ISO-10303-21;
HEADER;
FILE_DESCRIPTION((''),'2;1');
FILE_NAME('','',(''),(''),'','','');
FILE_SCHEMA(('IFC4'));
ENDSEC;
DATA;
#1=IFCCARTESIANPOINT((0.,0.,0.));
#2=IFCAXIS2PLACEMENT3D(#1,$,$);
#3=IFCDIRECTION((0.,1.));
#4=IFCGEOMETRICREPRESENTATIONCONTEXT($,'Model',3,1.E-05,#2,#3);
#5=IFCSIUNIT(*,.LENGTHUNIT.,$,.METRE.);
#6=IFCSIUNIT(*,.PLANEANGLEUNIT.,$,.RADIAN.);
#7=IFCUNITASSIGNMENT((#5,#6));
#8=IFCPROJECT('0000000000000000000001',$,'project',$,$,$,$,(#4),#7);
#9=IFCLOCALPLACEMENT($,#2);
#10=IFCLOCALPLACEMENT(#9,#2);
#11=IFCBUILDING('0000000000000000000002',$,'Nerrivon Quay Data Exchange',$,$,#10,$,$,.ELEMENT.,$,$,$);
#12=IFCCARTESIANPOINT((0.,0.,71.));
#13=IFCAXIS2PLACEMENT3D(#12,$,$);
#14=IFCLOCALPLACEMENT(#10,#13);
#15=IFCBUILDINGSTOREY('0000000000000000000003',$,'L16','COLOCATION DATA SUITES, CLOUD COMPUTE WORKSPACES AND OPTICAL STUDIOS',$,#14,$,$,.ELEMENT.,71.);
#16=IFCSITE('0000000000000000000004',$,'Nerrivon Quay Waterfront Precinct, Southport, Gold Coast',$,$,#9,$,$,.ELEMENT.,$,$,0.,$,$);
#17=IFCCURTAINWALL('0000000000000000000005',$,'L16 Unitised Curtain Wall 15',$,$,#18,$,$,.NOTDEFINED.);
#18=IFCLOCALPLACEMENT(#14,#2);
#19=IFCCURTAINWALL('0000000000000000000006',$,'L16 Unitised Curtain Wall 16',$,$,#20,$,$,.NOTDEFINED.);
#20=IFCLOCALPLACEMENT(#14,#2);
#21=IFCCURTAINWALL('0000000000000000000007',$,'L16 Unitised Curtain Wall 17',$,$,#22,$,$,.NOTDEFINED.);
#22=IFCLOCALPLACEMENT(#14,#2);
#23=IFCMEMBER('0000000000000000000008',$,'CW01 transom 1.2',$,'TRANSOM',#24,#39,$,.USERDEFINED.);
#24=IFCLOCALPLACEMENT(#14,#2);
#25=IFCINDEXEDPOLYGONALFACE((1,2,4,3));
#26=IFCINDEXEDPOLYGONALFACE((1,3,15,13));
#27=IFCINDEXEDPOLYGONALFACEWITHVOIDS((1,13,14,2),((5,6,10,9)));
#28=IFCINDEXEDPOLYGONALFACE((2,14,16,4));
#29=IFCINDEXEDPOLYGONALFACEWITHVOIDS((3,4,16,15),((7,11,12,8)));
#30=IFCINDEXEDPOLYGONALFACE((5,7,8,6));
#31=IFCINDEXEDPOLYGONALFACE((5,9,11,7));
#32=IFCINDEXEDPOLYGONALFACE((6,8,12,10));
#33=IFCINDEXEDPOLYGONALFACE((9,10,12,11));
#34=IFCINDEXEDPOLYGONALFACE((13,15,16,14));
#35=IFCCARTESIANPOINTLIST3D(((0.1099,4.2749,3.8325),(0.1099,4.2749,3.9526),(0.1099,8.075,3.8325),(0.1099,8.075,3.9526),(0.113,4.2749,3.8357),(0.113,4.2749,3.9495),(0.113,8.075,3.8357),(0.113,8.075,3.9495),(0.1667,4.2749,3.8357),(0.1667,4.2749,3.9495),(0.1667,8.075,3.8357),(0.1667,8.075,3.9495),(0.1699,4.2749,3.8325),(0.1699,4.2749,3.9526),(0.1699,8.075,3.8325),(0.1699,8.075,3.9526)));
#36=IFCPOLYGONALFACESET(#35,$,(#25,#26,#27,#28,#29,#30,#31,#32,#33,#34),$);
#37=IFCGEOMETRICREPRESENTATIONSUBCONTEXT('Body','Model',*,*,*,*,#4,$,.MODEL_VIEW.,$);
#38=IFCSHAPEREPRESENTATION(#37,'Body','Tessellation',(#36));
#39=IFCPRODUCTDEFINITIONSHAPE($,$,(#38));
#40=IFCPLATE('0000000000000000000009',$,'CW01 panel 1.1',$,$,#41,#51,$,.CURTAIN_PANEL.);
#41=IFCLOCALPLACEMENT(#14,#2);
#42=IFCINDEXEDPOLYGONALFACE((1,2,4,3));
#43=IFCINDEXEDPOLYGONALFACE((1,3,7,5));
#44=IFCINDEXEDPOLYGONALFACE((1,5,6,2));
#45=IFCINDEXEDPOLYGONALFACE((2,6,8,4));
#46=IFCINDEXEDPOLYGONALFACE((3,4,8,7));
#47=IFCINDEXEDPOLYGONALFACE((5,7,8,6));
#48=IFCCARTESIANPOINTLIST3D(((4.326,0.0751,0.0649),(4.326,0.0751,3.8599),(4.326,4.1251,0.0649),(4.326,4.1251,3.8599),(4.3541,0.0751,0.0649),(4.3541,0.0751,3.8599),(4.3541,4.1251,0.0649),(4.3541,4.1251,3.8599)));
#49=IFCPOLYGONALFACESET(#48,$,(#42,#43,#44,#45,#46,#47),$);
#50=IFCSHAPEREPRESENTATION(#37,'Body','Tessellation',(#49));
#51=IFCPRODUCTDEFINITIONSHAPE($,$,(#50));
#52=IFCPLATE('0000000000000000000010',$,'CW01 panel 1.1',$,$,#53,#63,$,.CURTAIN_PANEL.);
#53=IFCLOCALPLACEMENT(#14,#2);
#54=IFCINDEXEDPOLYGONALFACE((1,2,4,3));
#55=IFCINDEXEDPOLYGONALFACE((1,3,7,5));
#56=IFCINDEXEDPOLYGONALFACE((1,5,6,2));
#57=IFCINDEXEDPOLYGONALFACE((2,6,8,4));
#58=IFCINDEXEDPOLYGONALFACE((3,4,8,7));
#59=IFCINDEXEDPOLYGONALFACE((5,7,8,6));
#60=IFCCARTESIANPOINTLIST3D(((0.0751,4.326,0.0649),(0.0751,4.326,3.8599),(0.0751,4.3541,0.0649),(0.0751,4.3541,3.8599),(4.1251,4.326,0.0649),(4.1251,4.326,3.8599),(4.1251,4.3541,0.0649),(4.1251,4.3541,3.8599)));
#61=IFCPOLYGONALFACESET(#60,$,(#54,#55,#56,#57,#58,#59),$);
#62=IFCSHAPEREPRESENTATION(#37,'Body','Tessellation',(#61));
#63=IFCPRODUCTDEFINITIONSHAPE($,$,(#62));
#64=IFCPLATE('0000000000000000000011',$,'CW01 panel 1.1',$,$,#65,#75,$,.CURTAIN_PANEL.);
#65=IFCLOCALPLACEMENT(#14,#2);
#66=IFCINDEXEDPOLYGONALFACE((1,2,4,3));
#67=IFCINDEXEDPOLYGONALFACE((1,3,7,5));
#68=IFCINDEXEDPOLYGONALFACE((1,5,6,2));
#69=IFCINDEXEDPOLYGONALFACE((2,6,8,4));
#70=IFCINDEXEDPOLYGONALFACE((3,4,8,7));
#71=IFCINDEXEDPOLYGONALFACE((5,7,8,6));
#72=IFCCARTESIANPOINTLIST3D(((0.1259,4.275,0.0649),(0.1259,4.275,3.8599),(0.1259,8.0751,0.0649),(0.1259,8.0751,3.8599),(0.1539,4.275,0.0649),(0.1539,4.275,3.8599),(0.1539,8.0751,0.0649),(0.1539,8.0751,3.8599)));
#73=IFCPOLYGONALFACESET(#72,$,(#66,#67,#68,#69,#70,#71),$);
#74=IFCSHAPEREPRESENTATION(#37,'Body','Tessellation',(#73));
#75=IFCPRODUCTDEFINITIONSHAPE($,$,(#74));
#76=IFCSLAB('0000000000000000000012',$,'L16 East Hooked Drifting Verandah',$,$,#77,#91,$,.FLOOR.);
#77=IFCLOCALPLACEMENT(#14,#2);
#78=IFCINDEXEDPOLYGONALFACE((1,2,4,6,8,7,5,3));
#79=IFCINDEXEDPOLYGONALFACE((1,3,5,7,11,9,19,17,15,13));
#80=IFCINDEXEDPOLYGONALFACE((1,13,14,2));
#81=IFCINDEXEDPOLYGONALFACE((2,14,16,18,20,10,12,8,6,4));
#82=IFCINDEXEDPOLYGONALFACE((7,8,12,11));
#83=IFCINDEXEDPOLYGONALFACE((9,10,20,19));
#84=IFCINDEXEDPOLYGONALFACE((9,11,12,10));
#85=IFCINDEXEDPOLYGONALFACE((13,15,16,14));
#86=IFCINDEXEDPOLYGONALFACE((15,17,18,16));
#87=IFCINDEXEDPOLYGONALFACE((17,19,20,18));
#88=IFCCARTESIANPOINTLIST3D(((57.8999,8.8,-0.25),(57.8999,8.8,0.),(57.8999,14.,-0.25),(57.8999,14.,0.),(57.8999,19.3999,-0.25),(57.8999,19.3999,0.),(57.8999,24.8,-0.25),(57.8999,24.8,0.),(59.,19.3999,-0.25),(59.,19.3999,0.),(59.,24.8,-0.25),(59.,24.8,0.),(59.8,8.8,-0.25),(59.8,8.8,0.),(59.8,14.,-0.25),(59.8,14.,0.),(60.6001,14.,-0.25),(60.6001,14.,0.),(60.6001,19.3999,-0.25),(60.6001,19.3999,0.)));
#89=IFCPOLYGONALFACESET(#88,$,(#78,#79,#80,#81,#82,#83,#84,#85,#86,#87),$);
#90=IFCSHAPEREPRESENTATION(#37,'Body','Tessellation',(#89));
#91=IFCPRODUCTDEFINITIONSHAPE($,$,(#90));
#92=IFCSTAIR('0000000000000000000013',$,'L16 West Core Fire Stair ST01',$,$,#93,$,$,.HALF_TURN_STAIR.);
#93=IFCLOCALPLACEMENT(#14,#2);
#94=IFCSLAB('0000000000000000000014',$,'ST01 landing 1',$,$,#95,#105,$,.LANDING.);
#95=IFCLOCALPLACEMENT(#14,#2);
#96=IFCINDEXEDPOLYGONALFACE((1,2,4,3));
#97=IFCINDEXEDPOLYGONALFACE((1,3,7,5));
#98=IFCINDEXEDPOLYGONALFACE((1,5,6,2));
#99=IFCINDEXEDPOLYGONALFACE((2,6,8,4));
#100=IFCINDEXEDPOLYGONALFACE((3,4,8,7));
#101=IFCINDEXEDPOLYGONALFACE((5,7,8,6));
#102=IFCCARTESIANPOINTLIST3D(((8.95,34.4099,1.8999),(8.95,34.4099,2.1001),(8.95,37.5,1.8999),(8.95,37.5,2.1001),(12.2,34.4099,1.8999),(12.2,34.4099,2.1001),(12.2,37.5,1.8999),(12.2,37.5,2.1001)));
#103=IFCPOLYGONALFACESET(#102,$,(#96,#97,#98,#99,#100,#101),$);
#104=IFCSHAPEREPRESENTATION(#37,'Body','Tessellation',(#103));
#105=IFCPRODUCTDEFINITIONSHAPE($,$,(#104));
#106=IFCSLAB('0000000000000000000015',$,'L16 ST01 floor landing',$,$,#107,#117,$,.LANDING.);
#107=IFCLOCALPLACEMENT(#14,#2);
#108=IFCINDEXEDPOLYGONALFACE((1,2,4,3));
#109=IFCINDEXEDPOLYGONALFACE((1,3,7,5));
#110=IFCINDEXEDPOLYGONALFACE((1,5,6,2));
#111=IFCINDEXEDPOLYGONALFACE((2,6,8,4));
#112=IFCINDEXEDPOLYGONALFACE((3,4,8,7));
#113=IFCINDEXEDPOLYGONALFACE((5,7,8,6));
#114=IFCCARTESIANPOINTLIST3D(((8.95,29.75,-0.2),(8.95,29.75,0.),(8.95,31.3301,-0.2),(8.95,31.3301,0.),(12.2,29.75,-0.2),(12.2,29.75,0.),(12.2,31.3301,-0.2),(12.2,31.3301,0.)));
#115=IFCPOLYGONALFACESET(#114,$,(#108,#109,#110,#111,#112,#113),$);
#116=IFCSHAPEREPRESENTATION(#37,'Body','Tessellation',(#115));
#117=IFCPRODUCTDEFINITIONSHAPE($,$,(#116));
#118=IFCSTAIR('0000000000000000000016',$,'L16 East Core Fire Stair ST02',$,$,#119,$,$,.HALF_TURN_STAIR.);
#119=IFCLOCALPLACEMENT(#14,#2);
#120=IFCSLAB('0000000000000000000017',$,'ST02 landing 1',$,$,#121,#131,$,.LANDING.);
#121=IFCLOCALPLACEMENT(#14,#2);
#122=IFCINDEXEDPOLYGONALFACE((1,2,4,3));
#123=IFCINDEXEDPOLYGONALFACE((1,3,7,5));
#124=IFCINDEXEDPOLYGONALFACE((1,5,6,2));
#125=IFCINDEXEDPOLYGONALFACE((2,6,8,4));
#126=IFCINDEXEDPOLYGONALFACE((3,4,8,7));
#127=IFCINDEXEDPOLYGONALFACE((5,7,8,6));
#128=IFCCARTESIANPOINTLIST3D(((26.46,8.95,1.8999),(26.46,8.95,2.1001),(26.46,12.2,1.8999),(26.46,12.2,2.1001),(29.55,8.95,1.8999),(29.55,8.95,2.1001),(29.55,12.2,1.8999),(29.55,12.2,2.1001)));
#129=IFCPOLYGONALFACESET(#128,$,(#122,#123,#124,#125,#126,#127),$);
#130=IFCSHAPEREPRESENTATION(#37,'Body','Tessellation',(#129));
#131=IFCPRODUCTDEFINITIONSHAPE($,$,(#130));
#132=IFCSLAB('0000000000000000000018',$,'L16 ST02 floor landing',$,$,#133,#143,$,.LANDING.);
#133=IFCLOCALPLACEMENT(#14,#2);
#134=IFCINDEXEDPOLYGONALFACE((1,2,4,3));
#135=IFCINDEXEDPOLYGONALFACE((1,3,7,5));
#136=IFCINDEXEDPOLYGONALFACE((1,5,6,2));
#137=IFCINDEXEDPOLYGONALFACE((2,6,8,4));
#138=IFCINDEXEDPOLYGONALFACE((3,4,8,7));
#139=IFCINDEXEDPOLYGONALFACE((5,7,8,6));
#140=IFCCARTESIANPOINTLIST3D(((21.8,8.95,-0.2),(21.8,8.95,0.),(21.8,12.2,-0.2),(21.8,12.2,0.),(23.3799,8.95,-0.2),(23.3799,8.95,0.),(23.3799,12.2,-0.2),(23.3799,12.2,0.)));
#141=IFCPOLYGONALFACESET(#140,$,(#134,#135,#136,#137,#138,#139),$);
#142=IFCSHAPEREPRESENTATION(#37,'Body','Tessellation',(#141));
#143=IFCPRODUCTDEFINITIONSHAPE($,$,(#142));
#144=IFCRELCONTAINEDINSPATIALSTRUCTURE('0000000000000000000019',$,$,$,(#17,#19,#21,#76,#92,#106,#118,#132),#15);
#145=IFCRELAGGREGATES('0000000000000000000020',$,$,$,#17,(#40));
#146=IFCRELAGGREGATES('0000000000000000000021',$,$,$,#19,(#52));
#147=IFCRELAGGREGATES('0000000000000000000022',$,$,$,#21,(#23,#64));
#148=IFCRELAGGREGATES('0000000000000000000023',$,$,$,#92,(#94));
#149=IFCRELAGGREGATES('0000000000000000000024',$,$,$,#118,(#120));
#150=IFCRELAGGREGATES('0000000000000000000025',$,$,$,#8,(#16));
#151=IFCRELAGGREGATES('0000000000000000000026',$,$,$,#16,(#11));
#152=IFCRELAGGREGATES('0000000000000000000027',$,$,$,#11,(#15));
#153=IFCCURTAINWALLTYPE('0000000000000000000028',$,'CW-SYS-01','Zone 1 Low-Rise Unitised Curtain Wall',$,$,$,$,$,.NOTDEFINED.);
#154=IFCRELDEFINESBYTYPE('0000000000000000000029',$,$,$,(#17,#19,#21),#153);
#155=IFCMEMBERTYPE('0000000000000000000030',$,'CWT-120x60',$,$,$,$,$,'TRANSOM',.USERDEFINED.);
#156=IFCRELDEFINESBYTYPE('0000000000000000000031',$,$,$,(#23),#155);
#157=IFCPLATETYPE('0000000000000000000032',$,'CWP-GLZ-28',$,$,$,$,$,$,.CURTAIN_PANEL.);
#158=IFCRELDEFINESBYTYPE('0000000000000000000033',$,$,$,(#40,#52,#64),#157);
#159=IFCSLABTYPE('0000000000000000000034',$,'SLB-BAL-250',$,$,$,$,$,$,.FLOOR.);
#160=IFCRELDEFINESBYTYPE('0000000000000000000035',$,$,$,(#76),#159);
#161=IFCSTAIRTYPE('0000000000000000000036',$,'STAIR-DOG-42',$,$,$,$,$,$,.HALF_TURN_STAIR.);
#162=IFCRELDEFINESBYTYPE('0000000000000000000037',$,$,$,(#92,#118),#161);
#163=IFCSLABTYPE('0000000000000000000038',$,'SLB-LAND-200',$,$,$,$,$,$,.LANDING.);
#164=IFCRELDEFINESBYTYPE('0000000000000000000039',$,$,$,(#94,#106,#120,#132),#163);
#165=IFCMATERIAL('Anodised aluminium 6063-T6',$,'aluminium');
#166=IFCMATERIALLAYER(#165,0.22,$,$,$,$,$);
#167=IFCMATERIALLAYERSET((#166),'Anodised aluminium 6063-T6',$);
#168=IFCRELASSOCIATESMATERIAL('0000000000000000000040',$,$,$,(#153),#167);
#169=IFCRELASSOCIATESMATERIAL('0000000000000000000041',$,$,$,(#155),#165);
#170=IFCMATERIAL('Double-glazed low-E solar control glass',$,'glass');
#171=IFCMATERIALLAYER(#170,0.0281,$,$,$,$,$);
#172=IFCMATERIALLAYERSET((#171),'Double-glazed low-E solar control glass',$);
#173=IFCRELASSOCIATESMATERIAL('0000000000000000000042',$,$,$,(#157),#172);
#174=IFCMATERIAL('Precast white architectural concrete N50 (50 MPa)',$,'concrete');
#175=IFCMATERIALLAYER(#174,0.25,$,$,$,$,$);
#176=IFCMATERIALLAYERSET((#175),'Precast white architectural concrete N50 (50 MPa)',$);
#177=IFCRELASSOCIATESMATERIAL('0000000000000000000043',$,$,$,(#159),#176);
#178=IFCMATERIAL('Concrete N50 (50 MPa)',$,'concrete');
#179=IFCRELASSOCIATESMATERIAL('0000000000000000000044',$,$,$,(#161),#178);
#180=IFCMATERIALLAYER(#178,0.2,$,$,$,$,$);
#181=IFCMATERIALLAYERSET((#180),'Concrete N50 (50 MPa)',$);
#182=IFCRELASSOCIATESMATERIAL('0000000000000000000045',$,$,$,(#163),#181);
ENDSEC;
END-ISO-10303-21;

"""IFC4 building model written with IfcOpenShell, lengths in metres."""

from ifc_helpers import new_model, si_unit, direction, frame, origin, origin_2d, place, context, subcontext, project, spatial, polyline, rectangle, hollow_rectangle, outline, extrude, material, layer, layer_set, material_profile, profile_set, type_object, element, aggregate, save


model = new_model("IFC4")

# Units and contexts
model_context = context("Model", 3, precision=1e-05, world=origin(), true_north=direction((0.0, 1.0)))
body_context = subcontext(model_context, "Body", "Model", "MODEL_VIEW")
ifc_project = project(units=[si_unit("LENGTHUNIT", "METRE"), si_unit("PLANEANGLEUNIT", "RADIAN")], contexts=[model_context])

# Site, building, storey
site_placement = place(None, origin())
site = spatial("IfcSite", under=ifc_project, at=site_placement, Name="Nerrivon Quay Waterfront Precinct, Southport, Gold Coast", CompositionType="ELEMENT", RefElevation=0.0)
building_placement = place(site_placement, origin())
building = spatial("IfcBuilding", under=site, at=building_placement, Name="Nerrivon Quay Data Exchange", CompositionType="ELEMENT")
storey_placement = place(building_placement, frame((0.0, 0.0, 71.0)))
storey = spatial("IfcBuildingStorey", under=building, at=storey_placement, Name="L16", Description="COLOCATION DATA SUITES, CLOUD COMPUTE WORKSPACES AND OPTICAL STUDIOS", CompositionType="ELEMENT", Elevation=71.0)

# Shared definitions
ifc_material_1 = material(Name="Anodised aluminium 6063-T6", Category="aluminium")
ifc_layer_1 = layer(ifc_material_1, 0.22)
ifc_layer_set_1 = layer_set([ifc_layer_1], Name="Anodised aluminium 6063-T6")
curtain_wall_type = type_object("IfcCurtainWallType", Name="CW-SYS-01", Description="Zone 1 Low-Rise Unitised Curtain Wall", PredefinedType="NOTDEFINED", material=ifc_layer_set_1)

# Curtain walls
curtain_wall_1_placement = place(storey_placement, origin())
curtain_wall_1 = element("IfcCurtainWall", 1, at=curtain_wall_1_placement, inside=storey, type_object=curtain_wall_type, Name="L16 Unitised Curtain Wall 15", PredefinedType="NOTDEFINED")
curtain_wall_2_placement = place(storey_placement, origin())
curtain_wall_2 = element("IfcCurtainWall", 2, at=curtain_wall_2_placement, inside=storey, type_object=curtain_wall_type, Name="L16 Unitised Curtain Wall 16", PredefinedType="NOTDEFINED")

# Curtain wall
curtain_wall_3_placement = place(storey_placement, origin())
curtain_wall_3 = element("IfcCurtainWall", 3, at=curtain_wall_3_placement, inside=storey, type_object=curtain_wall_type, Name="L16 Unitised Curtain Wall 17", PredefinedType="NOTDEFINED")

# Member
ifc_material_profile_1 = material_profile(ifc_material_1, hollow_rectangle(XDim=0.0601, YDim=0.1201, WallThickness=0.0032, at=origin_2d()), Name="ALU-TRAN-120x60")
ifc_profile_set_1 = profile_set([ifc_material_profile_1], Name="Anodised aluminium 6063-T6")
member_type_1 = type_object("IfcMemberType", Name="CWT-120x60", ElementType="TRANSOM", PredefinedType="USERDEFINED", material=ifc_profile_set_1)
member_1_placement = place(storey_placement, frame((0.1399, 4.2749, 3.8926), z_axis=(0.0, 1.0, 0.0), x_axis=(-1.0, 0.0, 0.0)))
member_1 = element("IfcMember", 4, at=member_1_placement, type_object=member_type_1, Name="CW01 transom 1.2", ObjectType="TRANSOM", PredefinedType="USERDEFINED", context=body_context, shape_type="SweptSolid", body=[
    extrude(hollow_rectangle(XDim=0.0601, YDim=0.1201, WallThickness=0.0032, at=origin_2d()), origin(), (0.0, 0.0, 1.0), 3.8),
])

# Plates
ifc_material_2 = material(Name="Double-glazed low-E solar control glass", Category="glass")
ifc_layer_2 = layer(ifc_material_2, 0.0281)
ifc_layer_set_2 = layer_set([ifc_layer_2], Name="Double-glazed low-E solar control glass")
plate_type = type_object("IfcPlateType", Name="CWP-GLZ-28", PredefinedType="CURTAIN_PANEL", material=ifc_layer_set_2)
plate_1_placement = place(storey_placement, frame((4.3401, 2.1001, 0.0649), z_axis=(0.0, 0.0, 1.0), x_axis=(0.0, 1.0, 0.0)))
plate_1 = element("IfcPlate", 5, at=plate_1_placement, type_object=plate_type, Name="CW01 panel 1.1", PredefinedType="CURTAIN_PANEL", context=body_context, shape_type="SweptSolid", body=[
    extrude(rectangle(XDim=4.05, YDim=0.0281, at=origin_2d()), origin(), (0.0, 0.0, 1.0), 3.7949),
])
aggregate(curtain_wall_1, [plate_1])
plate_2_placement = place(storey_placement, frame((2.1001, 4.3401, 0.0649), z_axis=(0.0, 0.0, 1.0), x_axis=(-1.0, 0.0, 0.0)))
plate_2 = element("IfcPlate", 6, at=plate_2_placement, type_object=plate_type, Name="CW01 panel 1.1", PredefinedType="CURTAIN_PANEL", context=body_context, shape_type="SweptSolid", body=[
    extrude(rectangle(XDim=4.05, YDim=0.0281, at=origin_2d()), origin(), (0.0, 0.0, 1.0), 3.7949),
])
aggregate(curtain_wall_2, [plate_2])
plate_3_placement = place(storey_placement, frame((0.1399, 6.175, 0.0649), z_axis=(0.0, 0.0, 1.0), x_axis=(0.0, 1.0, 0.0)))
plate_3 = element("IfcPlate", 7, at=plate_3_placement, type_object=plate_type, Name="CW01 panel 1.1", PredefinedType="CURTAIN_PANEL", context=body_context, shape_type="SweptSolid", body=[
    extrude(rectangle(XDim=3.8, YDim=0.0281, at=origin_2d()), origin(), (0.0, 0.0, 1.0), 3.7949),
])
aggregate(curtain_wall_3, [member_1, plate_3])

# Slab
ifc_material_3 = material(Name="Precast white architectural concrete N50 (50 MPa)", Category="concrete")
ifc_layer_3 = layer(ifc_material_3, 0.25)
ifc_layer_set_3 = layer_set([ifc_layer_3], Name="Precast white architectural concrete N50 (50 MPa)")
slab_type_1 = type_object("IfcSlabType", Name="SLB-BAL-250", PredefinedType="FLOOR", material=ifc_layer_set_3)
slab_1_placement = place(storey_placement, frame((0.0, 0.0, -0.25)))
element("IfcSlab", 8, at=slab_1_placement, inside=storey, type_object=slab_type_1, Name="L16 East Hooked Drifting Verandah", PredefinedType="FLOOR", context=body_context, shape_type="SweptSolid", body=[
    extrude(outline(polyline([(59.8, 14.0), (60.6001, 14.0), (60.6001, 19.3999), (59.0, 19.3999), (59.0, 24.8), (57.8999, 24.8), (57.8999, 19.3999), (57.8999, 14.0), (57.8999, 8.8), (59.8, 8.8), (59.8, 14.0)])), origin(), (0.0, 0.0, 1.0), 0.25),
])

# Stair, slab
ifc_material_4 = material(Name="Concrete N50 (50 MPa)", Category="concrete")
stair_type = type_object("IfcStairType", Name="STAIR-DOG-42", PredefinedType="HALF_TURN_STAIR", material=ifc_material_4)
stair_1_placement = place(storey_placement, origin())
stair_1 = element("IfcStair", 9, at=stair_1_placement, inside=storey, type_object=stair_type, Name="L16 West Core Fire Stair ST01", PredefinedType="HALF_TURN_STAIR")
ifc_layer_4 = layer(ifc_material_4, 0.2)
ifc_layer_set_4 = layer_set([ifc_layer_4], Name="Concrete N50 (50 MPa)")
slab_type_2 = type_object("IfcSlabType", Name="SLB-LAND-200", PredefinedType="LANDING", material=ifc_layer_set_4)
slab_2_placement = place(storey_placement, frame((0.0, 0.0, 1.8999)))
slab_2 = element("IfcSlab", 10, at=slab_2_placement, type_object=slab_type_2, Name="ST01 landing 1", PredefinedType="LANDING", context=body_context, shape_type="SweptSolid", body=[
    extrude(outline(polyline([(12.2, 34.4099), (12.2, 37.5), (8.95, 37.5), (8.95, 34.4099), (12.2, 34.4099)])), origin(), (0.0, 0.0, 1.0), 0.2002),
])
aggregate(stair_1, [slab_2])

# Slab
slab_3_placement = place(storey_placement, frame((0.0, 0.0, -0.2)))
element("IfcSlab", 11, at=slab_3_placement, inside=storey, type_object=slab_type_2, Name="L16 ST01 floor landing", PredefinedType="LANDING", context=body_context, shape_type="SweptSolid", body=[
    extrude(outline(polyline([(12.2, 29.75), (12.2, 31.3301), (8.95, 31.3301), (8.95, 29.75), (12.2, 29.75)])), origin(), (0.0, 0.0, 1.0), 0.2),
])

# Stair, slab
stair_2_placement = place(storey_placement, origin())
stair_2 = element("IfcStair", 12, at=stair_2_placement, inside=storey, type_object=stair_type, Name="L16 East Core Fire Stair ST02", PredefinedType="HALF_TURN_STAIR")
slab_4_placement = place(storey_placement, frame((0.0, 0.0, 1.8999)))
slab_4 = element("IfcSlab", 13, at=slab_4_placement, type_object=slab_type_2, Name="ST02 landing 1", PredefinedType="LANDING", context=body_context, shape_type="SweptSolid", body=[
    extrude(outline(polyline([(26.46, 8.95), (29.55, 8.95), (29.55, 12.2), (26.46, 12.2), (26.46, 8.95)])), origin(), (0.0, 0.0, 1.0), 0.2002),
])
aggregate(stair_2, [slab_4])

# Slab
slab_5_placement = place(storey_placement, frame((0.0, 0.0, -0.2)))
element("IfcSlab", 14, at=slab_5_placement, inside=storey, type_object=slab_type_2, Name="L16 ST02 floor landing", PredefinedType="LANDING", context=body_context, shape_type="SweptSolid", body=[
    extrude(outline(polyline([(21.8, 8.95), (23.3799, 8.95), (23.3799, 12.2), (21.8, 12.2), (21.8, 8.95)])), origin(), (0.0, 0.0, 1.0), 0.2),
])

save(model, "model.ifc")
